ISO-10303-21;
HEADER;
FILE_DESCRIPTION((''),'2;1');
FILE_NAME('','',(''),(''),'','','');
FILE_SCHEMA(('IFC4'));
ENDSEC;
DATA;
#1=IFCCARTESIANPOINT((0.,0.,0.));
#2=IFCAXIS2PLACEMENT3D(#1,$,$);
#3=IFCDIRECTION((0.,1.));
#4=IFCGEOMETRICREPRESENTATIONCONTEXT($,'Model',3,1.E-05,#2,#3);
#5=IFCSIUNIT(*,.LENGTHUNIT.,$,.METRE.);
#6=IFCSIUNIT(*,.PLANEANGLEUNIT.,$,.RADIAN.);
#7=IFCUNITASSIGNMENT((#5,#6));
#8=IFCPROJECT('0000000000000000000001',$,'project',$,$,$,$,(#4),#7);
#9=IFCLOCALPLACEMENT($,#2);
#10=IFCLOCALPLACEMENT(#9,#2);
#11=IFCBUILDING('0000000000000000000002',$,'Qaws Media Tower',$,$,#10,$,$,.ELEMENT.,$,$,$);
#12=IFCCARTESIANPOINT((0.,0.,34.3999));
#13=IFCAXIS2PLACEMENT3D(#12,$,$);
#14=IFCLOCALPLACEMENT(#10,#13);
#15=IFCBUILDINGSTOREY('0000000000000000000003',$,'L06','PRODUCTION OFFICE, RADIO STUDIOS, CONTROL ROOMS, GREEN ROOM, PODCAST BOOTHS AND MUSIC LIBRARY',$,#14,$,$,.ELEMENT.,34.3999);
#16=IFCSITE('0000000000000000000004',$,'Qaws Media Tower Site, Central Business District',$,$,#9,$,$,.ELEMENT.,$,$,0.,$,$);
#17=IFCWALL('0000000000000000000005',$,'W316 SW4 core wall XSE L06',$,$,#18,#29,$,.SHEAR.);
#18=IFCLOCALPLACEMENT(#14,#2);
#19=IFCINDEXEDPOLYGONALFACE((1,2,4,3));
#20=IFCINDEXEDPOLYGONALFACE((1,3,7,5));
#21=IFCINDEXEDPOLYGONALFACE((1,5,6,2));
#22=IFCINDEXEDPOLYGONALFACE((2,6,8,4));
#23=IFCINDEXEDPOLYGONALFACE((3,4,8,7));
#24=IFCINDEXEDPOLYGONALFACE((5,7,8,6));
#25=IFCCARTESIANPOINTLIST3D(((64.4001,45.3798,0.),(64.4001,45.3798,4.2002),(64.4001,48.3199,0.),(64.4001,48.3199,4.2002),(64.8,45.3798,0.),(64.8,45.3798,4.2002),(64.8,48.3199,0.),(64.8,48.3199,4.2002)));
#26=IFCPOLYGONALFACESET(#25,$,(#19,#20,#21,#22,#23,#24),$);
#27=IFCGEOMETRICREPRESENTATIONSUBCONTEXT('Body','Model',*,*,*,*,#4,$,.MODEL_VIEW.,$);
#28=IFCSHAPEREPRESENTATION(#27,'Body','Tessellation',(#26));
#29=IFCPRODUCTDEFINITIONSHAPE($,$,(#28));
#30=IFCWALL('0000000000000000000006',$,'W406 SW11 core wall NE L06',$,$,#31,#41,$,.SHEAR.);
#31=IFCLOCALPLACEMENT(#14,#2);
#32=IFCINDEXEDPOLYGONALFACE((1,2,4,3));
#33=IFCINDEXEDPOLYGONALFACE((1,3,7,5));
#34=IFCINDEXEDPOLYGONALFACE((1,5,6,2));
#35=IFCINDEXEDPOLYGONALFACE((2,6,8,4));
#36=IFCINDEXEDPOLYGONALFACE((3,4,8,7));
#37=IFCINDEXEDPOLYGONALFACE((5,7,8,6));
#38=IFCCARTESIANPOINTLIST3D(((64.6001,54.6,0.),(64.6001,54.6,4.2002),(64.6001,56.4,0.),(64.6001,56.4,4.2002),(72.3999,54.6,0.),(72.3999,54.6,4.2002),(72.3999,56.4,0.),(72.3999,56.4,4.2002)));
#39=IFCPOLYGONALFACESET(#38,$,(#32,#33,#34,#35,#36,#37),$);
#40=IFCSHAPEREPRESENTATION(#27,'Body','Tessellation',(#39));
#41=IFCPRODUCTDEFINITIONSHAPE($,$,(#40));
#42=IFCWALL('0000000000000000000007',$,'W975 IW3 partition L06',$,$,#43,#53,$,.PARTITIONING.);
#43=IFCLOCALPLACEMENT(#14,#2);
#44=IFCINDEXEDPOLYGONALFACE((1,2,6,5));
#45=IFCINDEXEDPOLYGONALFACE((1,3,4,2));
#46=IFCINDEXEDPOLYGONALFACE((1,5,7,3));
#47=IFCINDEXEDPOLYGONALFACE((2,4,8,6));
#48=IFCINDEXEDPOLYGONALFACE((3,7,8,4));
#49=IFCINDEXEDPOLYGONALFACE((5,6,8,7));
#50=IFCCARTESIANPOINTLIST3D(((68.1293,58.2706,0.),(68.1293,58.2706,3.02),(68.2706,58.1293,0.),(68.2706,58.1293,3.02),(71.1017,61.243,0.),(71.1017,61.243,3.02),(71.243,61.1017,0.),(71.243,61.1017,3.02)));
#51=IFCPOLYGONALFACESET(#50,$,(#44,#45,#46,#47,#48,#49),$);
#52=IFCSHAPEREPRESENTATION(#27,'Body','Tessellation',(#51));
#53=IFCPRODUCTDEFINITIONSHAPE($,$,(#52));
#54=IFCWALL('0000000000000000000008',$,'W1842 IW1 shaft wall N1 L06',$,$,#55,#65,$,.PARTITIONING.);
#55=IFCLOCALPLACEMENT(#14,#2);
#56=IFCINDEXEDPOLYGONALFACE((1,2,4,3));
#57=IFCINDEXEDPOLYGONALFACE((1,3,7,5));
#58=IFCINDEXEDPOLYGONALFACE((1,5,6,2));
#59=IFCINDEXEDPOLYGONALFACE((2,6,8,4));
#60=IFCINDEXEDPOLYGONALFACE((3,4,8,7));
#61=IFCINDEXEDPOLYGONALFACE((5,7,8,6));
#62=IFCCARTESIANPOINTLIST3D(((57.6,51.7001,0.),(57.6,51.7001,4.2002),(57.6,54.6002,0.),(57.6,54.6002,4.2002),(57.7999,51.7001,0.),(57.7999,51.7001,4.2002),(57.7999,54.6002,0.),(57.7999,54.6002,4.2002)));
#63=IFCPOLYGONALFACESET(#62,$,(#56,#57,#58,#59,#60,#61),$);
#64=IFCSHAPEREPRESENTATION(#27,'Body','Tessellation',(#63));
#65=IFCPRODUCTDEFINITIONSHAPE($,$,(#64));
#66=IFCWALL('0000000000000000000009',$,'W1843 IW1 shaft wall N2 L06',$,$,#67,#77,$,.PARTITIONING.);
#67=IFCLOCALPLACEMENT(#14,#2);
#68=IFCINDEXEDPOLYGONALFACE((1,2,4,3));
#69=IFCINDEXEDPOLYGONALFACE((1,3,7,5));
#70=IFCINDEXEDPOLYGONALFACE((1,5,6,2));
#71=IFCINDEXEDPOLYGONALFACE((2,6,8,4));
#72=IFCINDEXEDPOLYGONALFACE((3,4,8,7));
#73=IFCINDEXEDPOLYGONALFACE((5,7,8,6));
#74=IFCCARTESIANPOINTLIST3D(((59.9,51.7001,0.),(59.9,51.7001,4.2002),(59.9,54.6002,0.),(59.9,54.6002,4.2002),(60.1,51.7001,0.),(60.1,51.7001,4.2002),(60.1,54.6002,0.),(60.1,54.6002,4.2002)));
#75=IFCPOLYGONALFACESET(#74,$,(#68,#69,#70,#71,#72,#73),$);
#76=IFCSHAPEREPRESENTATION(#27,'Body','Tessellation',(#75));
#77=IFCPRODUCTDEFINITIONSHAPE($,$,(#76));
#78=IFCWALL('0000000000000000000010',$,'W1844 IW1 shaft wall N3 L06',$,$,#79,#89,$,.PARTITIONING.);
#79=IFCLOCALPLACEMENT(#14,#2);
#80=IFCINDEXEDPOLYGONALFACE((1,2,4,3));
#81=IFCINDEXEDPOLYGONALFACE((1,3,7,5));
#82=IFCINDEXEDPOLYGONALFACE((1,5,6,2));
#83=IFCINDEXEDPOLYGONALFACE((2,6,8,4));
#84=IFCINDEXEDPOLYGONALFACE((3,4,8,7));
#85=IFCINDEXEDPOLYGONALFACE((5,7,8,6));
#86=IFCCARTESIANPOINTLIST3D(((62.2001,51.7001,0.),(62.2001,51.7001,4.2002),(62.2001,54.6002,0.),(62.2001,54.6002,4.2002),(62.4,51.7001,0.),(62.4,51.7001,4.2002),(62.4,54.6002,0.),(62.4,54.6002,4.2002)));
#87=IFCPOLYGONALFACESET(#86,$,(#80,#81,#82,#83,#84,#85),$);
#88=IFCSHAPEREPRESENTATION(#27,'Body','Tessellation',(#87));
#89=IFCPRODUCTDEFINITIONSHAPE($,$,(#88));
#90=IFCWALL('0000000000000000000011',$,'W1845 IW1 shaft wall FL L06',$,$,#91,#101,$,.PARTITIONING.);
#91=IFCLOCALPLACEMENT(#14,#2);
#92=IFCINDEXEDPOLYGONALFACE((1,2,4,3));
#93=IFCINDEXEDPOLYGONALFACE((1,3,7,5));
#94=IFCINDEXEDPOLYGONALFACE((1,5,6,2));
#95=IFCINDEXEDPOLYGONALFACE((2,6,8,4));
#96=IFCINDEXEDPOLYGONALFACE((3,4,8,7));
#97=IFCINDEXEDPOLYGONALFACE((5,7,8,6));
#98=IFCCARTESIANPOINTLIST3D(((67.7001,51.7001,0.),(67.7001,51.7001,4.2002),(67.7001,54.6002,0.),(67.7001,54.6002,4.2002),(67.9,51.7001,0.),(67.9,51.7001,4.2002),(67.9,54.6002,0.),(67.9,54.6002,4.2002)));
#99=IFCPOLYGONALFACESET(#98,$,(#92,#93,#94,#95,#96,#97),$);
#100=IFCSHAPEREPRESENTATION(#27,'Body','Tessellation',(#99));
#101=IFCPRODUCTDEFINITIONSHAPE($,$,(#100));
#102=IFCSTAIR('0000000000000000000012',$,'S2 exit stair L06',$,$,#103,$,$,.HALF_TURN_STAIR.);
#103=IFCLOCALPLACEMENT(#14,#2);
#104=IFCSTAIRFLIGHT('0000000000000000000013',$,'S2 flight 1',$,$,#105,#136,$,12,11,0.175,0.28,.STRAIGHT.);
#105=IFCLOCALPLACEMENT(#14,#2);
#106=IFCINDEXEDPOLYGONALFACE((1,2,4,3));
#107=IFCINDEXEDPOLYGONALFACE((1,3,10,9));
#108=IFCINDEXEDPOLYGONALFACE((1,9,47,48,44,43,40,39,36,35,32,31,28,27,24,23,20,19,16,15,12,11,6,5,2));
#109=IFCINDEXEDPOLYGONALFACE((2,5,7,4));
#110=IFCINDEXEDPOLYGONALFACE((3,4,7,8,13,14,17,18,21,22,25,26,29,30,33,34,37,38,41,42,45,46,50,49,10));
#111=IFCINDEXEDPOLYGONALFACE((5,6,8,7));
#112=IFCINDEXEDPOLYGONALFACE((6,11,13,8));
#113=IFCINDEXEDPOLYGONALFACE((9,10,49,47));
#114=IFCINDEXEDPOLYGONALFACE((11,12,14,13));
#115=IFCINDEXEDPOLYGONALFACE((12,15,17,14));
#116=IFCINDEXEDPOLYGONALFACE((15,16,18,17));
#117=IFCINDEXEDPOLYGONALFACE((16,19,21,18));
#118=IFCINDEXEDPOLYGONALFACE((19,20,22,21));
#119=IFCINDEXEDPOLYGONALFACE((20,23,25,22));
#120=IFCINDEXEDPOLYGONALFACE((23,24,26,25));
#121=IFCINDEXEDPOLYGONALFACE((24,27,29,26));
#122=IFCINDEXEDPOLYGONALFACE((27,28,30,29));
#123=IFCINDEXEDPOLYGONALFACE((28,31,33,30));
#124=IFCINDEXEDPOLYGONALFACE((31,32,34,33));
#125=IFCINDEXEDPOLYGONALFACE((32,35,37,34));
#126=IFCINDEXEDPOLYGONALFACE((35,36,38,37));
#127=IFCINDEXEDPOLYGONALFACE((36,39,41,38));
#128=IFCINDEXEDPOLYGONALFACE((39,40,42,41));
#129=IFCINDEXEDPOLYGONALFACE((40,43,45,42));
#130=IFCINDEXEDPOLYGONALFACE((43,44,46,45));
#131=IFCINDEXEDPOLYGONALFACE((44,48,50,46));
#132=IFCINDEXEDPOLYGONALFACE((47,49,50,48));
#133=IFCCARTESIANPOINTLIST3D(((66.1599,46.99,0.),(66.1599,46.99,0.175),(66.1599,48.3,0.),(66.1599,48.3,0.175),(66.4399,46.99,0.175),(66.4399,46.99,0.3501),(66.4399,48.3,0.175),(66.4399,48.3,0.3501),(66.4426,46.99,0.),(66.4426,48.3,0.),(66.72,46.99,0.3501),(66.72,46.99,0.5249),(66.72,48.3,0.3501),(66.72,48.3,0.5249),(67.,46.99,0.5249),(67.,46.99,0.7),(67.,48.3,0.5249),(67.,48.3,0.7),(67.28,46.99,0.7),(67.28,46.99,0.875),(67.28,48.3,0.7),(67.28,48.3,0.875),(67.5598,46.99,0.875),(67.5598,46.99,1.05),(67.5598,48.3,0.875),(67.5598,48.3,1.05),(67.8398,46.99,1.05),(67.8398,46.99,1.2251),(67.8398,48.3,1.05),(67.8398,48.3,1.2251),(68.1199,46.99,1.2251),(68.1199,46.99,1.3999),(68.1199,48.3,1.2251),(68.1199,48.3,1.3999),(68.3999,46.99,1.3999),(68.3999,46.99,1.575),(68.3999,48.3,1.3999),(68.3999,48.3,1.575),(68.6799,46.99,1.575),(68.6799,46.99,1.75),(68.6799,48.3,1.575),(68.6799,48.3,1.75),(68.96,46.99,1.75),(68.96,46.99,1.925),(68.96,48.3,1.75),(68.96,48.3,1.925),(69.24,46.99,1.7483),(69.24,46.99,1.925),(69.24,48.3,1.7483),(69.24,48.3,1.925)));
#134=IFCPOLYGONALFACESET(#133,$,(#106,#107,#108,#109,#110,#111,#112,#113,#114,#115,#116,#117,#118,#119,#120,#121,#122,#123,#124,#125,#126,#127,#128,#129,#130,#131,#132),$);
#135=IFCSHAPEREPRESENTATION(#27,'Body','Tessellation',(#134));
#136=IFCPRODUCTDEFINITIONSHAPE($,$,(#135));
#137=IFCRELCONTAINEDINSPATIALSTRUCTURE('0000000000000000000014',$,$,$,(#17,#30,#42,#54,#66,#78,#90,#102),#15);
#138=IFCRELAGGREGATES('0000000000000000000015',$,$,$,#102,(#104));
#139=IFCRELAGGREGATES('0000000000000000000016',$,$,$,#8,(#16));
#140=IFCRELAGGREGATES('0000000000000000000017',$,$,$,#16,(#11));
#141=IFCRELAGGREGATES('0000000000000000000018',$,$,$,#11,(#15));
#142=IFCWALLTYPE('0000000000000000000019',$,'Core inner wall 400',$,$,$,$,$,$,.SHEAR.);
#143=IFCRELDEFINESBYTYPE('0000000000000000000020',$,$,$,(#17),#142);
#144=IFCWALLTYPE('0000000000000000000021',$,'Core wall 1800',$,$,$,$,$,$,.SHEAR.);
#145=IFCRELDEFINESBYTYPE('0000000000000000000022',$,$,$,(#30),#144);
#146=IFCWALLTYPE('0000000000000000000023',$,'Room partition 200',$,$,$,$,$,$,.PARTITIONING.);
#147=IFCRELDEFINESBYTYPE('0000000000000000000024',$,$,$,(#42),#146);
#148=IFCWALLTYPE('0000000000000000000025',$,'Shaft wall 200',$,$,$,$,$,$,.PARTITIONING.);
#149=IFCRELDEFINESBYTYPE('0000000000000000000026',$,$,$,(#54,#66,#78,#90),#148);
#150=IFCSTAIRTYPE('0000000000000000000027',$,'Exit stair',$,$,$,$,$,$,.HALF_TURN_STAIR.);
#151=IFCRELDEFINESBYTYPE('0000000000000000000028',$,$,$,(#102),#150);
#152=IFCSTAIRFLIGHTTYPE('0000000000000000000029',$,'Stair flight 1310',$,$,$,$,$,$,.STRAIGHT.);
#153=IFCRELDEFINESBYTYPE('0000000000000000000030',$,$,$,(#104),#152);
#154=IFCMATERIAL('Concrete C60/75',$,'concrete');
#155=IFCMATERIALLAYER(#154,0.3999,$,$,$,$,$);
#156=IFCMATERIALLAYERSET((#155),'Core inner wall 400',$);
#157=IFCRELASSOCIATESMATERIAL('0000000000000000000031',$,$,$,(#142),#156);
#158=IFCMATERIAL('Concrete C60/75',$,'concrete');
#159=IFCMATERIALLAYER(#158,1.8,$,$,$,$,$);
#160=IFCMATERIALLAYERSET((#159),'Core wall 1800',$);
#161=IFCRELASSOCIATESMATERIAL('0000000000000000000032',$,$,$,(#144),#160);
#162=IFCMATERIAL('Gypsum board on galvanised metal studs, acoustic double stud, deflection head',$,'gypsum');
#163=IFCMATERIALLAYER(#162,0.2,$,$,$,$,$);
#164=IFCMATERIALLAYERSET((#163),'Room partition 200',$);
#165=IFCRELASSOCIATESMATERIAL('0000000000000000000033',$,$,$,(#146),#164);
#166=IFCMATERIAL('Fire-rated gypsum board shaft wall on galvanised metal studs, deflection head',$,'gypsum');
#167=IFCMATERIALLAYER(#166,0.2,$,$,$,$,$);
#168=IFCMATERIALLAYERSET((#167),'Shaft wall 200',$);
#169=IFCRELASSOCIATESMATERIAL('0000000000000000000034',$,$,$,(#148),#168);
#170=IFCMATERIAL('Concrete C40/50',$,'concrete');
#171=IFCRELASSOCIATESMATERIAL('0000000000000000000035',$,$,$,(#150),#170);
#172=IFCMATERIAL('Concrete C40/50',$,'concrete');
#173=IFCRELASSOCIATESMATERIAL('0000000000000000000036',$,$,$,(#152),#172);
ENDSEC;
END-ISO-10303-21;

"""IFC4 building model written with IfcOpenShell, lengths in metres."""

from ifc_helpers import new_model, si_unit, direction, frame, frame_2d, origin, place, context, subcontext, project, spatial, polyline, rectangle, outline, extrude, material, layer, layer_set, type_object, element, aggregate, save


model = new_model("IFC4")

# Units and contexts
model_context = context("Model", 3, precision=1e-05, world=origin(), true_north=direction((0.0, 1.0)))
body_context = subcontext(model_context, "Body", "Model", "MODEL_VIEW")
ifc_project = project(units=[si_unit("LENGTHUNIT", "METRE"), si_unit("PLANEANGLEUNIT", "RADIAN")], contexts=[model_context])

# Site, building, storey
site_placement = place(None, origin())
site = spatial("IfcSite", under=ifc_project, at=site_placement, Name="Qaws Media Tower Site, Central Business District", CompositionType="ELEMENT", RefElevation=0.0)
building_placement = place(site_placement, origin())
building = spatial("IfcBuilding", under=site, at=building_placement, Name="Qaws Media Tower", CompositionType="ELEMENT")
storey_placement = place(building_placement, frame((0.0, 0.0, 34.3999)))
storey = spatial("IfcBuildingStorey", under=building, at=storey_placement, Name="L06", Description="PRODUCTION OFFICE, RADIO STUDIOS, CONTROL ROOMS, GREEN ROOM, PODCAST BOOTHS AND MUSIC LIBRARY", CompositionType="ELEMENT", Elevation=34.3999)

# Shared definitions
ifc_material_1 = material(Name="Concrete C60/75", Category="concrete")
ifc_layer_1 = layer(ifc_material_1, 0.3999)
ifc_layer_set_1 = layer_set([ifc_layer_1], Name="Core inner wall 400")
wall_type_1 = type_object("IfcWallType", Name="Core inner wall 400", PredefinedType="SHEAR", material=ifc_layer_set_1)

# Walls
for number, where, z_axis, x_axis, name in (
    (1, (64.6001, 48.3201, 0.0), (0.0, 0.0, 1.0), (0.0, -1.0, 0.0), "W316 SW4 core wall XSE L06"),
):
    element("IfcWall", number, at=place(storey_placement, frame(where, z_axis=z_axis, x_axis=x_axis)), inside=storey, type_object=wall_type_1, Name=name, PredefinedType="SHEAR", context=body_context, shape_type="SweptSolid", body=[
        extrude(rectangle(XDim=2.9402, YDim=0.3999, at=frame_2d((1.4702, 0.0))), origin(), (0.0, 0.0, 1.0), 4.2002),
    ])
ifc_material_2 = material(Name="Concrete C60/75", Category="concrete")
ifc_layer_2 = layer(ifc_material_2, 1.8)
ifc_layer_set_2 = layer_set([ifc_layer_2], Name="Core wall 1800")
wall_type_2 = type_object("IfcWallType", Name="Core wall 1800", PredefinedType="SHEAR", material=ifc_layer_set_2)
wall_1_placement = place(storey_placement, frame((64.6001, 55.5, 0.0), z_axis=(0.0, 0.0, 1.0), x_axis=(1.0, 0.0, 0.0)))
element("IfcWall", 2, at=wall_1_placement, inside=storey, type_object=wall_type_2, Name="W406 SW11 core wall NE L06", PredefinedType="SHEAR", context=body_context, shape_type="SweptSolid", body=[
    extrude(rectangle(XDim=7.7998, YDim=1.8, at=frame_2d((3.8999, 0.0))), origin(), (0.0, 0.0, 1.0), 4.2002),
])
ifc_material_3 = material(Name="Gypsum board on galvanised metal studs, acoustic double stud, deflection head", Category="gypsum")
ifc_layer_3 = layer(ifc_material_3, 0.2)
ifc_layer_set_3 = layer_set([ifc_layer_3], Name="Room partition 200")
wall_type_3 = type_object("IfcWallType", Name="Room partition 200", PredefinedType="PARTITIONING", material=ifc_layer_set_3)
wall_2_placement = place(storey_placement, frame((68.2, 58.2, 0.0), z_axis=(0.0, 0.0, 1.0), x_axis=(0.707107, 0.707107, 0.0)))
element("IfcWall", 3, at=wall_2_placement, inside=storey, type_object=wall_type_3, Name="W975 IW3 partition L06", PredefinedType="PARTITIONING", context=body_context, shape_type="SweptSolid", body=[
    extrude(rectangle(XDim=4.2036, YDim=0.2, at=frame_2d((2.1018, 0.0))), origin(), (0.0, 0.0, 1.0), 3.02),
])
ifc_material_4 = material(Name="Fire-rated gypsum board shaft wall on galvanised metal studs, deflection head", Category="gypsum")
ifc_layer_4 = layer(ifc_material_4, 0.2)
ifc_layer_set_4 = layer_set([ifc_layer_4], Name="Shaft wall 200")
wall_type_4 = type_object("IfcWallType", Name="Shaft wall 200", PredefinedType="PARTITIONING", material=ifc_layer_set_4)
for number, where, z_axis, x_axis, name in (
    (4, (57.7, 51.7, 0.0), (0.0, 0.0, 1.0), (0.0, 1.0, 0.0), "W1842 IW1 shaft wall N1 L06"),
    (5, (60.0, 51.7, 0.0), (0.0, 0.0, 1.0), (0.0, 1.0, 0.0), "W1843 IW1 shaft wall N2 L06"),
    (6, (62.3, 51.7, 0.0), (0.0, 0.0, 1.0), (0.0, 1.0, 0.0), "W1844 IW1 shaft wall N3 L06"),
    (7, (67.8, 51.7, 0.0), (0.0, 0.0, 1.0), (0.0, 1.0, 0.0), "W1845 IW1 shaft wall FL L06"),
):
    element("IfcWall", number, at=place(storey_placement, frame(where, z_axis=z_axis, x_axis=x_axis)), inside=storey, type_object=wall_type_4, Name=name, PredefinedType="PARTITIONING", context=body_context, shape_type="SweptSolid", body=[
        extrude(rectangle(XDim=2.9001, YDim=0.2, at=frame_2d((1.4502, 0.0))), origin(), (0.0, 0.0, 1.0), 4.2002),
    ])

# Stair, stair flight
ifc_material_5 = material(Name="Concrete C40/50", Category="concrete")
stair_type = type_object("IfcStairType", Name="Exit stair", PredefinedType="HALF_TURN_STAIR", material=ifc_material_5)
stair_placement = place(storey_placement, origin())
stair = element("IfcStair", 8, at=stair_placement, inside=storey, type_object=stair_type, Name="S2 exit stair L06", PredefinedType="HALF_TURN_STAIR")
ifc_material_6 = material(Name="Concrete C40/50", Category="concrete")
stair_flight_type = type_object("IfcStairFlightType", Name="Stair flight 1310", PredefinedType="STRAIGHT", material=ifc_material_6)
stair_flight_placement = place(storey_placement, frame((66.1599, 47.645, 0.0), z_axis=(0.0, 0.0, 1.0), x_axis=(1.0, 0.0, 0.0)))
stair_flight = element("IfcStairFlight", 9, at=stair_flight_placement, type_object=stair_flight_type, Name="S2 flight 1", NumberOfRisers=12, NumberOfTreads=11, PredefinedType="STRAIGHT", RiserHeight=0.175, TreadLength=0.28, context=body_context, shape_type="SweptSolid", body=[
    extrude(outline(polyline([(0.0, 0.0), (0.0, 0.175), (0.28, 0.175), (0.28, 0.3501), (0.5601, 0.3501), (0.5601, 0.5249), (0.8401, 0.5249), (0.8401, 0.7), (1.1201, 0.7), (1.1201, 0.875), (1.3999, 0.875), (1.3999, 1.05), (1.6799, 1.05), (1.6799, 1.2251), (1.96, 1.2251), (1.96, 1.3999), (2.24, 1.3999), (2.24, 1.575), (2.52, 1.575), (2.52, 1.75), (2.8, 1.75), (2.8, 1.925), (3.0801, 1.925), (3.0801, 2.1001), (3.0801, 1.7483), (0.2827, 0.0), (0.0, 0.0)])), frame((0.0, 0.655, 0.0), z_axis=(0.0, -1.0, 0.0), x_axis=(1.0, 0.0, 0.0)), (0.0, 0.0, 1.0), 1.3101),
])
aggregate(stair, [stair_flight])

save(model, "model.ifc")
